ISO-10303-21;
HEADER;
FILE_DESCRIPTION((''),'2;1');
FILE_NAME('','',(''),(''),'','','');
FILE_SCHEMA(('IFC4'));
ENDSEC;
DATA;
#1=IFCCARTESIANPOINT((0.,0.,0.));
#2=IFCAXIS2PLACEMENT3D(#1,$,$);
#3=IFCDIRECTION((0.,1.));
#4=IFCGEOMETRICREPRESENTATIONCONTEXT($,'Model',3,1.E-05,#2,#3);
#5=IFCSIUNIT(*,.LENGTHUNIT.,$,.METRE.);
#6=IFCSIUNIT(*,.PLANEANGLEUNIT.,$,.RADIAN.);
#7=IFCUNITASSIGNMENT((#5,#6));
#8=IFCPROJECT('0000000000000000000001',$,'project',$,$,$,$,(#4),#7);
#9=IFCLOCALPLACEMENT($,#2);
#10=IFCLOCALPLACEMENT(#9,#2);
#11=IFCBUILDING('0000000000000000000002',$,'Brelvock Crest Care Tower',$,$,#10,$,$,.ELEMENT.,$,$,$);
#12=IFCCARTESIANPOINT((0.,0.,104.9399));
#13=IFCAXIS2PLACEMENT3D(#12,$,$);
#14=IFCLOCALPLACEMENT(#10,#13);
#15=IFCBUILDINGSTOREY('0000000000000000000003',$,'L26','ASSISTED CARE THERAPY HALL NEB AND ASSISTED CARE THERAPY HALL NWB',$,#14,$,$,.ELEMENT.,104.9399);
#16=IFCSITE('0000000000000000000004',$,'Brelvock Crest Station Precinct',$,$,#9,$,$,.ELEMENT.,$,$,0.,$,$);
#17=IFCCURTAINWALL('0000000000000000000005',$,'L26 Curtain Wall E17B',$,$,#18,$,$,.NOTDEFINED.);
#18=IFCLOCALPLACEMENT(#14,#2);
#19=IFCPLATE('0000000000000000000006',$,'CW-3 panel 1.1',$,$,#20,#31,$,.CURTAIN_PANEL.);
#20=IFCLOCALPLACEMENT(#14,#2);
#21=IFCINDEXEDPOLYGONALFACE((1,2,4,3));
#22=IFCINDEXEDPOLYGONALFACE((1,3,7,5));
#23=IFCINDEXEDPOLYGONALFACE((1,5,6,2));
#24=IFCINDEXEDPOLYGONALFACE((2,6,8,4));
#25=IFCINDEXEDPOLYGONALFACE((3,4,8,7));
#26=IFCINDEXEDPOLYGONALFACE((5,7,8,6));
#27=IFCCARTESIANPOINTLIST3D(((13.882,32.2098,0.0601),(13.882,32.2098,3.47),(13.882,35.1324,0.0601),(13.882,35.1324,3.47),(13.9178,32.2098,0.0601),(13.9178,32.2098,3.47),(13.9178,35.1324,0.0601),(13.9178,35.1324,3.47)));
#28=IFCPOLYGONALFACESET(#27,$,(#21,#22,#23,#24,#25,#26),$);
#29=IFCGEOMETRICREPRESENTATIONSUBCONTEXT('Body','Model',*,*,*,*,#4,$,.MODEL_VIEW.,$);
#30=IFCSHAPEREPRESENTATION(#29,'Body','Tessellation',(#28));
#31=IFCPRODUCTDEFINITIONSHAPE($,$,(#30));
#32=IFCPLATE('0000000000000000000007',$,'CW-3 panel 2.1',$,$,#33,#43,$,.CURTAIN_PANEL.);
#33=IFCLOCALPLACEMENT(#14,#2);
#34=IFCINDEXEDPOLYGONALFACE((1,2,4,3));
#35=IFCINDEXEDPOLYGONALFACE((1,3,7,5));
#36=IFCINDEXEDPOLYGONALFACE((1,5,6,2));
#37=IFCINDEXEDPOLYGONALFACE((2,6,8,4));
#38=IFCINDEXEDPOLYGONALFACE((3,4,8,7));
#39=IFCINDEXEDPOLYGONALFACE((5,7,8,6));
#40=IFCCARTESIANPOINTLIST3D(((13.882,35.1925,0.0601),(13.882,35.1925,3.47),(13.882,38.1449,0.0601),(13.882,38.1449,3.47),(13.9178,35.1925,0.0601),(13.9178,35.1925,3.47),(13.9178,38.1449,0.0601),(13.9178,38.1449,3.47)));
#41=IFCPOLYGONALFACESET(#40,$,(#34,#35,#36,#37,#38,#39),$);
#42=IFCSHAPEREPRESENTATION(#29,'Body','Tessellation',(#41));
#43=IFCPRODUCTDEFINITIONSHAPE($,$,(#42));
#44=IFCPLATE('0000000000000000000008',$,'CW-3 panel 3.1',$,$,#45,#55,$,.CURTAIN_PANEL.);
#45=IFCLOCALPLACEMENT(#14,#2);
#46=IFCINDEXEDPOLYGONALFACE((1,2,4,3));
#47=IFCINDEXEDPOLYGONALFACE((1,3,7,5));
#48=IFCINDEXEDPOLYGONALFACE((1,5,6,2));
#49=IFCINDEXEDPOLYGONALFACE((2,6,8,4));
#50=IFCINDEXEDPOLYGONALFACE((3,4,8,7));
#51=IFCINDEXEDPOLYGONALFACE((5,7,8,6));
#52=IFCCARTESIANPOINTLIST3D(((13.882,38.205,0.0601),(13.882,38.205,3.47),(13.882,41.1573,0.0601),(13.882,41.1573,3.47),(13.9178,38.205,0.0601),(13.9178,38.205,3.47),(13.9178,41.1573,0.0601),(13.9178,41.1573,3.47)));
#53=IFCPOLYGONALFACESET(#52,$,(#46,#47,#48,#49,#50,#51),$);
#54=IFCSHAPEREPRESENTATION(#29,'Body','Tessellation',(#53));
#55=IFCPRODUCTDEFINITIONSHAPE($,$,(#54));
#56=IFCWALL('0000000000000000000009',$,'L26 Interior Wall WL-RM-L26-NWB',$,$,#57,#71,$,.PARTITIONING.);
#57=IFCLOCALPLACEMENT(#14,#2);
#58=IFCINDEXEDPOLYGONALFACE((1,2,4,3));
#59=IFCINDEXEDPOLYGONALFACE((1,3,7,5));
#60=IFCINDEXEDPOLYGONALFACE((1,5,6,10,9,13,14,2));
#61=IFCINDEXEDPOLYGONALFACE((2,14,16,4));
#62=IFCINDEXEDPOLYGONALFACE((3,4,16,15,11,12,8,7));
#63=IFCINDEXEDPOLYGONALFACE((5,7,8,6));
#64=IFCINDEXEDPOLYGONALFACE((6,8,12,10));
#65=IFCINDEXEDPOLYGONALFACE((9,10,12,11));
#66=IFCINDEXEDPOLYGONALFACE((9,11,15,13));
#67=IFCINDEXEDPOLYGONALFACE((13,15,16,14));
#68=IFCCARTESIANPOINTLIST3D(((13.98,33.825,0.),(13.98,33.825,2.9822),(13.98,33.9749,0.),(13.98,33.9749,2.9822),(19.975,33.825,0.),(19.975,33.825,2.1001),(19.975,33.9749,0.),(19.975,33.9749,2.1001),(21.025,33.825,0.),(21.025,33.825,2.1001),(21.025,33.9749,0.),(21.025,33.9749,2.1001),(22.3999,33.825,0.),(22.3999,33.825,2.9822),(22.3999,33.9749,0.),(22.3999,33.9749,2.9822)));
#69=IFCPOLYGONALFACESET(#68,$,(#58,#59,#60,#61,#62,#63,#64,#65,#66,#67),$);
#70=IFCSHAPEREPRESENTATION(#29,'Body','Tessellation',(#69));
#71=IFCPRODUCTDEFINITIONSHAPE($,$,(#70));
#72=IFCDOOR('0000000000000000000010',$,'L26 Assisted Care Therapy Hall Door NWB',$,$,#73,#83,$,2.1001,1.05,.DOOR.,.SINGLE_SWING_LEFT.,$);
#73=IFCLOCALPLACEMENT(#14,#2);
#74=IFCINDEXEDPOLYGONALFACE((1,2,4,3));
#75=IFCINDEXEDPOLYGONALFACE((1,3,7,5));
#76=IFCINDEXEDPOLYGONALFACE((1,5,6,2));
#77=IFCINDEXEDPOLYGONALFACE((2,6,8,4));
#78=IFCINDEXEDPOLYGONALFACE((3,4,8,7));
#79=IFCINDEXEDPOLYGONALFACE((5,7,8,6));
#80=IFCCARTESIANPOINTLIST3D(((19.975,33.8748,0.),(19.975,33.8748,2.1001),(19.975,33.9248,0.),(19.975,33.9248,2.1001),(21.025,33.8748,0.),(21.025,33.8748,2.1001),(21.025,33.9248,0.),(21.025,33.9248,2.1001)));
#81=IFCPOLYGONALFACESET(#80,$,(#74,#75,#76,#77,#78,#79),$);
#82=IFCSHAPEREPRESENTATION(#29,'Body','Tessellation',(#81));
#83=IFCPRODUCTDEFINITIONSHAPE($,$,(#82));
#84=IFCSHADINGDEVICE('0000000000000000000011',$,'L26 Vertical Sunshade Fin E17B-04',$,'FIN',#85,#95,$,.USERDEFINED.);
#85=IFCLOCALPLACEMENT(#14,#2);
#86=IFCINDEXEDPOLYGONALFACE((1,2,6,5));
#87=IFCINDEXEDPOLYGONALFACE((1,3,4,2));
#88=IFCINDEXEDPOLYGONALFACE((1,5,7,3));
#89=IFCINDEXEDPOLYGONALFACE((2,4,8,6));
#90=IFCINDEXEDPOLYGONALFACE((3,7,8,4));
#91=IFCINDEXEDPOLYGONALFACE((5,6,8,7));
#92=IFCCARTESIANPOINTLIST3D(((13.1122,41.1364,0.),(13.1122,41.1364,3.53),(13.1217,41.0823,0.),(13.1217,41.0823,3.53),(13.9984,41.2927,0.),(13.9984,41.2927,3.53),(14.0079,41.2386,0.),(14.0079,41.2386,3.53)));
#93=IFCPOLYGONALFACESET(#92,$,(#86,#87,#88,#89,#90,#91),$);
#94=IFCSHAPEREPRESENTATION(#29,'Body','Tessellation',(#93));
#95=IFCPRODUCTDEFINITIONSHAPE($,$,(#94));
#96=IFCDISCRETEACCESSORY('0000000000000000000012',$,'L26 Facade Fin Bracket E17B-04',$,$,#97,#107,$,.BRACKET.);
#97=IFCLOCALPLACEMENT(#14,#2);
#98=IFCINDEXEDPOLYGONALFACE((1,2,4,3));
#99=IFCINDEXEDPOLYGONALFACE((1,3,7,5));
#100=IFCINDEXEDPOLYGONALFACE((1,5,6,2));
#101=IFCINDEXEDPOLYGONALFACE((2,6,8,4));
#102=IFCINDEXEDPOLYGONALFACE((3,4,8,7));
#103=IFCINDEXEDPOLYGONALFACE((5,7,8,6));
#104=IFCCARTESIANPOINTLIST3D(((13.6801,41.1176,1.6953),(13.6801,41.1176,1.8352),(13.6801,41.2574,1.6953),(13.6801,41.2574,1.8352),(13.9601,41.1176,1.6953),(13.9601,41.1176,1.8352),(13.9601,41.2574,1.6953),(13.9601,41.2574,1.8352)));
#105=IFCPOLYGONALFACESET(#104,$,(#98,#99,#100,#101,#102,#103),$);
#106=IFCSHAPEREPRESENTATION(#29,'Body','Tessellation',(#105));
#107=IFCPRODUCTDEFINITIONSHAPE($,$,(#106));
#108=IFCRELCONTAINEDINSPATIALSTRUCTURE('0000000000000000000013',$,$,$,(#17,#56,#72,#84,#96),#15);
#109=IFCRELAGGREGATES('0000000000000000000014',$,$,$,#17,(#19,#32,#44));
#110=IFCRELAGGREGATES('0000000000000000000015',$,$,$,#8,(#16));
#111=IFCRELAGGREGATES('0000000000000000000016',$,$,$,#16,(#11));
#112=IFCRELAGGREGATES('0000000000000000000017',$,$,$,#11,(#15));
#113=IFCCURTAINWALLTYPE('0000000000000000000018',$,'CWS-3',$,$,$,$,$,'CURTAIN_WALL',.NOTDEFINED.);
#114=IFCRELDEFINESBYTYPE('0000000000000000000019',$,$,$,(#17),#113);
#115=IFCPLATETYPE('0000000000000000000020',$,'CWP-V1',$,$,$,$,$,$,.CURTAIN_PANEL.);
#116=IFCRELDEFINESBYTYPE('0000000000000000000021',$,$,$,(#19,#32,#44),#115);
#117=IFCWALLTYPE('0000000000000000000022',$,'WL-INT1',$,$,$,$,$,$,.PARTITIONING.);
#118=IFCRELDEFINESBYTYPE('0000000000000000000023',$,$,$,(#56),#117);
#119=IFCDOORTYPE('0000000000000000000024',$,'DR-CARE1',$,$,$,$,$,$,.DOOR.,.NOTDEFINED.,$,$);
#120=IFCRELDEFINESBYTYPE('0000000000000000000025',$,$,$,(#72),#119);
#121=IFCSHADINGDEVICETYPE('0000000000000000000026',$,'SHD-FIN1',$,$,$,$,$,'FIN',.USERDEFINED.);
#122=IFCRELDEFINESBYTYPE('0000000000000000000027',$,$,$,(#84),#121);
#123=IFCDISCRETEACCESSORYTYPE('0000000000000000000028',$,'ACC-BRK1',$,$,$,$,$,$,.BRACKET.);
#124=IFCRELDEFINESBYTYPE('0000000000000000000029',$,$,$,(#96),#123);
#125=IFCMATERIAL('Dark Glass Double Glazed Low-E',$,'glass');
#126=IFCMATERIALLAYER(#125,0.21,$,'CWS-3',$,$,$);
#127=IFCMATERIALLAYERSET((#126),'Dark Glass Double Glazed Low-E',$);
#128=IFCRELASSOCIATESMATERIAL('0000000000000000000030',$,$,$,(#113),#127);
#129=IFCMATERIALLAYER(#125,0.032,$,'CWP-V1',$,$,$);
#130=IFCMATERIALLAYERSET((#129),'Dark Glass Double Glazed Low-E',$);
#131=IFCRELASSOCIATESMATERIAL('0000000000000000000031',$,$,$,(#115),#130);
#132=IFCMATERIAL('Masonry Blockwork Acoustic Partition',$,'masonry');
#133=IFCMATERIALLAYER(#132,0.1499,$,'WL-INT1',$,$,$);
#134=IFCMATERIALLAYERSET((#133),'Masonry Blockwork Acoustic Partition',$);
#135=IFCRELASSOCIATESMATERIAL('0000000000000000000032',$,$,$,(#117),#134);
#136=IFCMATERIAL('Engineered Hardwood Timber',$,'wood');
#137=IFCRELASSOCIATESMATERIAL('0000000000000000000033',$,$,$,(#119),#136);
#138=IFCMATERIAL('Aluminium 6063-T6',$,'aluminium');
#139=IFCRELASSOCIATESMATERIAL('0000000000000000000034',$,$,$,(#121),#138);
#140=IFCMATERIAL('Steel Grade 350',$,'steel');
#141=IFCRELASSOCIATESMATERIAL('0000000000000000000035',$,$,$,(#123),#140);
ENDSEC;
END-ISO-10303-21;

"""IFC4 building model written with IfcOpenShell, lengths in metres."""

from ifc_helpers import new_model, si_unit, direction, frame, frame_2d, origin, origin_2d, place, context, subcontext, project, spatial, rectangle, extrude, source, transform, mapped, material, layer, layer_set, material_profile, profile_set, type_object, element, fill, aggregate, save


model = new_model("IFC4")

# Units and contexts
model_context = context("Model", 3, precision=1e-05, world=origin(), true_north=direction((0.0, 1.0)))
body_context = subcontext(model_context, "Body", "Model", "MODEL_VIEW")
ifc_project = project(units=[si_unit("LENGTHUNIT", "METRE"), si_unit("PLANEANGLEUNIT", "RADIAN")], contexts=[model_context])

# Site, building, storey
site_placement = place(None, origin())
site = spatial("IfcSite", under=ifc_project, at=site_placement, Name="Brelvock Crest Station Precinct", CompositionType="ELEMENT", RefElevation=0.0)
building_placement = place(site_placement, origin())
building = spatial("IfcBuilding", under=site, at=building_placement, Name="Brelvock Crest Care Tower", CompositionType="ELEMENT")
storey_placement = place(building_placement, frame((0.0, 0.0, 104.9399)))
storey = spatial("IfcBuildingStorey", under=building, at=storey_placement, Name="L26", Description="ASSISTED CARE THERAPY HALL NEB AND ASSISTED CARE THERAPY HALL NWB", CompositionType="ELEMENT", Elevation=104.9399)

# Shared definitions
ifc_material_1 = material(Name="Steel Grade 350", Category="steel")

# Curtain wall, plates
ifc_material_2 = material(Name="Dark Glass Double Glazed Low-E", Category="glass")
ifc_layer_1 = layer(ifc_material_2, 0.21, Name="CWS-3")
ifc_layer_set_1 = layer_set([ifc_layer_1], Name="Dark Glass Double Glazed Low-E")
curtain_wall_type = type_object("IfcCurtainWallType", Name="CWS-3", ElementType="CURTAIN_WALL", PredefinedType="NOTDEFINED", material=ifc_layer_set_1)
curtain_wall_placement = place(storey_placement, origin())
curtain_wall = element("IfcCurtainWall", 1, at=curtain_wall_placement, inside=storey, type_object=curtain_wall_type, Name="L26 Curtain Wall E17B", PredefinedType="NOTDEFINED")
ifc_material_3 = material(Name="Aluminium 6063-T6", Category="aluminium")
ifc_layer_2 = layer(ifc_material_2, 0.032, Name="CWP-V1")
ifc_layer_set_2 = layer_set([ifc_layer_2], Name="Dark Glass Double Glazed Low-E")
plate_type = type_object("IfcPlateType", Name="CWP-V1", PredefinedType="CURTAIN_PANEL", material=ifc_layer_set_2)
shared_shape_1 = source(origin(), body_context, "Body", "SweptSolid", [
    extrude(rectangle(XDim=2.9226, YDim=0.0359, at=origin_2d()), origin(), (0.0, 0.0, 1.0), 3.4099),
])
plate_1_placement = place(storey_placement, frame((13.8999, 33.6711, 0.0601), z_axis=(0.0, 0.0, 1.0), x_axis=(0.0, 1.0, 0.0)))
plate_1 = element("IfcPlate", 2, at=plate_1_placement, type_object=plate_type, Name="CW-3 panel 1.1", PredefinedType="CURTAIN_PANEL", context=body_context, shape_type="MappedRepresentation", body=[
    mapped(shared_shape_1, transform((0.0, 0.0, 0.0), x_axis=(1.0, 0.0, 0.0), y_axis=(0.0, 1.0, 0.0), z_axis=(0.0, 0.0, 1.0), scale=1.0)),
])
shared_shape_2 = source(origin(), body_context, "Body", "SweptSolid", [
    extrude(rectangle(XDim=2.9524, YDim=0.0359, at=origin_2d()), origin(), (0.0, 0.0, 1.0), 3.4099),
])
plate_2_placement = place(storey_placement, frame((13.8999, 36.6687, 0.0601), z_axis=(0.0, 0.0, 1.0), x_axis=(0.0, 1.0, 0.0)))
plate_2 = element("IfcPlate", 3, at=plate_2_placement, type_object=plate_type, Name="CW-3 panel 2.1", PredefinedType="CURTAIN_PANEL", context=body_context, shape_type="MappedRepresentation", body=[
    mapped(shared_shape_2, transform((0.0, 0.0, 0.0), x_axis=(1.0, 0.0, 0.0), y_axis=(0.0, 1.0, 0.0), z_axis=(0.0, 0.0, 1.0), scale=1.0)),
])
plate_3_placement = place(storey_placement, frame((13.8999, 39.6812, 0.0601), z_axis=(0.0, 0.0, 1.0), x_axis=(0.0, 1.0, 0.0)))
plate_3 = element("IfcPlate", 4, at=plate_3_placement, type_object=plate_type, Name="CW-3 panel 3.1", PredefinedType="CURTAIN_PANEL", context=body_context, shape_type="MappedRepresentation", body=[
    mapped(shared_shape_2, transform((0.0, 0.0, 0.0), x_axis=(1.0, 0.0, 0.0), y_axis=(0.0, 1.0, 0.0), z_axis=(0.0, 0.0, 1.0), scale=1.0)),
])
aggregate(curtain_wall, [plate_1, plate_2, plate_3])

# Wall, opening, door
ifc_material_4 = material(Name="Masonry Blockwork Acoustic Partition", Category="masonry")
ifc_layer_3 = layer(ifc_material_4, 0.1499, Name="WL-INT1")
ifc_layer_set_3 = layer_set([ifc_layer_3], Name="Masonry Blockwork Acoustic Partition")
wall_type = type_object("IfcWallType", Name="WL-INT1", PredefinedType="PARTITIONING", material=ifc_layer_set_3)
wall_placement = place(storey_placement, frame((13.98, 33.8999, 0.0), z_axis=(0.0, 0.0, 1.0), x_axis=(1.0, 0.0, 0.0)))
wall = element("IfcWall", 5, at=wall_placement, inside=storey, type_object=wall_type, Name="L26 Interior Wall WL-RM-L26-NWB", PredefinedType="PARTITIONING", context=body_context, shape_type="SweptSolid", body=[
    extrude(rectangle(XDim=8.4199, YDim=0.1499, at=frame_2d((4.21, 0.0))), origin(), (0.0, 0.0, 1.0), 2.9822),
])
opening_placement = place(wall_placement, frame((5.9951, 0.0, 0.0)))
opening = element("IfcOpeningElement", 6, at=opening_placement, cuts=wall, PredefinedType="OPENING", context=body_context, shape_type="SweptSolid", body=[
    extrude(rectangle(XDim=1.05, YDim=2.1001, at=origin_2d()), frame((0.5249, 0.085, 1.05), z_axis=(0.0, -1.0, 0.0), x_axis=(1.0, 0.0, 0.0)), (0.0, 0.0, 1.0), 0.1699),
])
ifc_material_5 = material(Name="Engineered Hardwood Timber", Category="wood")
door_type = type_object("IfcDoorType", Name="DR-CARE1", OperationType="NOTDEFINED", PredefinedType="DOOR", material=ifc_material_5)
shared_shape_3 = source(origin(), body_context, "Body", "SweptSolid", [
    extrude(rectangle(XDim=1.05, YDim=2.1001, at=origin_2d()), frame((0.5249, 0.0249, 1.05), z_axis=(0.0, -1.0, 0.0), x_axis=(1.0, 0.0, 0.0)), (0.0, 0.0, 1.0), 0.05),
])
door_placement = place(opening_placement, origin())
door = element("IfcDoor", 7, at=door_placement, inside=storey, type_object=door_type, Name="L26 Assisted Care Therapy Hall Door NWB", OperationType="SINGLE_SWING_LEFT", OverallHeight=2.1001, OverallWidth=1.05, PredefinedType="DOOR", context=body_context, shape_type="MappedRepresentation", body=[
    mapped(shared_shape_3, transform((0.0, 0.0, 0.0), x_axis=(1.0, 0.0, 0.0), y_axis=(0.0, 1.0, 0.0), z_axis=(0.0, 0.0, 1.0), scale=1.0)),
])
fill(opening, door)

# Shading device
ifc_material_profile_1 = material_profile(ifc_material_3, rectangle(XDim=0.0549, YDim=0.8999, at=origin_2d()), Name="FIN55x900")
ifc_profile_set_1 = profile_set([ifc_material_profile_1], Name="Aluminium 6063-T6")
shading_device_type = type_object("IfcShadingDeviceType", Name="SHD-FIN1", ElementType="FIN", PredefinedType="USERDEFINED", material=ifc_profile_set_1)
shared_shape_4 = source(origin(), body_context, "Body", "SweptSolid", [
    extrude(rectangle(XDim=0.0549, YDim=0.8999, at=origin_2d()), origin(), (0.0, 0.0, 1.0), 3.53),
])
shading_device_placement = place(storey_placement, frame((13.5601, 41.1875, 0.0), z_axis=(0.0, 0.0, 1.0), x_axis=(-0.173648, 0.984808, 0.0)))
element("IfcShadingDevice", 8, at=shading_device_placement, inside=storey, type_object=shading_device_type, Name="L26 Vertical Sunshade Fin E17B-04", ObjectType="FIN", PredefinedType="USERDEFINED", context=body_context, shape_type="MappedRepresentation", body=[
    mapped(shared_shape_4, transform((0.0, 0.0, 0.0), x_axis=(1.0, 0.0, 0.0), y_axis=(0.0, 1.0, 0.0), z_axis=(0.0, 0.0, 1.0), scale=1.0)),
])

# Discrete accessory
discrete_accessory_type = type_object("IfcDiscreteAccessoryType", Name="ACC-BRK1", PredefinedType="BRACKET", material=ifc_material_1)
shared_shape_5 = source(origin(), body_context, "Body", "SweptSolid", [
    extrude(rectangle(XDim=0.28, YDim=0.1399, at=origin_2d()), origin(), (0.0, 0.0, 1.0), 0.1399),
])
discrete_accessory_placement = place(storey_placement, frame((13.8201, 41.1875, 1.6953), z_axis=(0.0, 0.0, 1.0), x_axis=(-1.0, 0.0, 0.0)))
element("IfcDiscreteAccessory", 9, at=discrete_accessory_placement, inside=storey, type_object=discrete_accessory_type, Name="L26 Facade Fin Bracket E17B-04", PredefinedType="BRACKET", context=body_context, shape_type="MappedRepresentation", body=[
    mapped(shared_shape_5, transform((0.0, 0.0, 0.0), x_axis=(1.0, 0.0, 0.0), y_axis=(0.0, 1.0, 0.0), z_axis=(0.0, 0.0, 1.0), scale=1.0)),
])

save(model, "model.ifc")
